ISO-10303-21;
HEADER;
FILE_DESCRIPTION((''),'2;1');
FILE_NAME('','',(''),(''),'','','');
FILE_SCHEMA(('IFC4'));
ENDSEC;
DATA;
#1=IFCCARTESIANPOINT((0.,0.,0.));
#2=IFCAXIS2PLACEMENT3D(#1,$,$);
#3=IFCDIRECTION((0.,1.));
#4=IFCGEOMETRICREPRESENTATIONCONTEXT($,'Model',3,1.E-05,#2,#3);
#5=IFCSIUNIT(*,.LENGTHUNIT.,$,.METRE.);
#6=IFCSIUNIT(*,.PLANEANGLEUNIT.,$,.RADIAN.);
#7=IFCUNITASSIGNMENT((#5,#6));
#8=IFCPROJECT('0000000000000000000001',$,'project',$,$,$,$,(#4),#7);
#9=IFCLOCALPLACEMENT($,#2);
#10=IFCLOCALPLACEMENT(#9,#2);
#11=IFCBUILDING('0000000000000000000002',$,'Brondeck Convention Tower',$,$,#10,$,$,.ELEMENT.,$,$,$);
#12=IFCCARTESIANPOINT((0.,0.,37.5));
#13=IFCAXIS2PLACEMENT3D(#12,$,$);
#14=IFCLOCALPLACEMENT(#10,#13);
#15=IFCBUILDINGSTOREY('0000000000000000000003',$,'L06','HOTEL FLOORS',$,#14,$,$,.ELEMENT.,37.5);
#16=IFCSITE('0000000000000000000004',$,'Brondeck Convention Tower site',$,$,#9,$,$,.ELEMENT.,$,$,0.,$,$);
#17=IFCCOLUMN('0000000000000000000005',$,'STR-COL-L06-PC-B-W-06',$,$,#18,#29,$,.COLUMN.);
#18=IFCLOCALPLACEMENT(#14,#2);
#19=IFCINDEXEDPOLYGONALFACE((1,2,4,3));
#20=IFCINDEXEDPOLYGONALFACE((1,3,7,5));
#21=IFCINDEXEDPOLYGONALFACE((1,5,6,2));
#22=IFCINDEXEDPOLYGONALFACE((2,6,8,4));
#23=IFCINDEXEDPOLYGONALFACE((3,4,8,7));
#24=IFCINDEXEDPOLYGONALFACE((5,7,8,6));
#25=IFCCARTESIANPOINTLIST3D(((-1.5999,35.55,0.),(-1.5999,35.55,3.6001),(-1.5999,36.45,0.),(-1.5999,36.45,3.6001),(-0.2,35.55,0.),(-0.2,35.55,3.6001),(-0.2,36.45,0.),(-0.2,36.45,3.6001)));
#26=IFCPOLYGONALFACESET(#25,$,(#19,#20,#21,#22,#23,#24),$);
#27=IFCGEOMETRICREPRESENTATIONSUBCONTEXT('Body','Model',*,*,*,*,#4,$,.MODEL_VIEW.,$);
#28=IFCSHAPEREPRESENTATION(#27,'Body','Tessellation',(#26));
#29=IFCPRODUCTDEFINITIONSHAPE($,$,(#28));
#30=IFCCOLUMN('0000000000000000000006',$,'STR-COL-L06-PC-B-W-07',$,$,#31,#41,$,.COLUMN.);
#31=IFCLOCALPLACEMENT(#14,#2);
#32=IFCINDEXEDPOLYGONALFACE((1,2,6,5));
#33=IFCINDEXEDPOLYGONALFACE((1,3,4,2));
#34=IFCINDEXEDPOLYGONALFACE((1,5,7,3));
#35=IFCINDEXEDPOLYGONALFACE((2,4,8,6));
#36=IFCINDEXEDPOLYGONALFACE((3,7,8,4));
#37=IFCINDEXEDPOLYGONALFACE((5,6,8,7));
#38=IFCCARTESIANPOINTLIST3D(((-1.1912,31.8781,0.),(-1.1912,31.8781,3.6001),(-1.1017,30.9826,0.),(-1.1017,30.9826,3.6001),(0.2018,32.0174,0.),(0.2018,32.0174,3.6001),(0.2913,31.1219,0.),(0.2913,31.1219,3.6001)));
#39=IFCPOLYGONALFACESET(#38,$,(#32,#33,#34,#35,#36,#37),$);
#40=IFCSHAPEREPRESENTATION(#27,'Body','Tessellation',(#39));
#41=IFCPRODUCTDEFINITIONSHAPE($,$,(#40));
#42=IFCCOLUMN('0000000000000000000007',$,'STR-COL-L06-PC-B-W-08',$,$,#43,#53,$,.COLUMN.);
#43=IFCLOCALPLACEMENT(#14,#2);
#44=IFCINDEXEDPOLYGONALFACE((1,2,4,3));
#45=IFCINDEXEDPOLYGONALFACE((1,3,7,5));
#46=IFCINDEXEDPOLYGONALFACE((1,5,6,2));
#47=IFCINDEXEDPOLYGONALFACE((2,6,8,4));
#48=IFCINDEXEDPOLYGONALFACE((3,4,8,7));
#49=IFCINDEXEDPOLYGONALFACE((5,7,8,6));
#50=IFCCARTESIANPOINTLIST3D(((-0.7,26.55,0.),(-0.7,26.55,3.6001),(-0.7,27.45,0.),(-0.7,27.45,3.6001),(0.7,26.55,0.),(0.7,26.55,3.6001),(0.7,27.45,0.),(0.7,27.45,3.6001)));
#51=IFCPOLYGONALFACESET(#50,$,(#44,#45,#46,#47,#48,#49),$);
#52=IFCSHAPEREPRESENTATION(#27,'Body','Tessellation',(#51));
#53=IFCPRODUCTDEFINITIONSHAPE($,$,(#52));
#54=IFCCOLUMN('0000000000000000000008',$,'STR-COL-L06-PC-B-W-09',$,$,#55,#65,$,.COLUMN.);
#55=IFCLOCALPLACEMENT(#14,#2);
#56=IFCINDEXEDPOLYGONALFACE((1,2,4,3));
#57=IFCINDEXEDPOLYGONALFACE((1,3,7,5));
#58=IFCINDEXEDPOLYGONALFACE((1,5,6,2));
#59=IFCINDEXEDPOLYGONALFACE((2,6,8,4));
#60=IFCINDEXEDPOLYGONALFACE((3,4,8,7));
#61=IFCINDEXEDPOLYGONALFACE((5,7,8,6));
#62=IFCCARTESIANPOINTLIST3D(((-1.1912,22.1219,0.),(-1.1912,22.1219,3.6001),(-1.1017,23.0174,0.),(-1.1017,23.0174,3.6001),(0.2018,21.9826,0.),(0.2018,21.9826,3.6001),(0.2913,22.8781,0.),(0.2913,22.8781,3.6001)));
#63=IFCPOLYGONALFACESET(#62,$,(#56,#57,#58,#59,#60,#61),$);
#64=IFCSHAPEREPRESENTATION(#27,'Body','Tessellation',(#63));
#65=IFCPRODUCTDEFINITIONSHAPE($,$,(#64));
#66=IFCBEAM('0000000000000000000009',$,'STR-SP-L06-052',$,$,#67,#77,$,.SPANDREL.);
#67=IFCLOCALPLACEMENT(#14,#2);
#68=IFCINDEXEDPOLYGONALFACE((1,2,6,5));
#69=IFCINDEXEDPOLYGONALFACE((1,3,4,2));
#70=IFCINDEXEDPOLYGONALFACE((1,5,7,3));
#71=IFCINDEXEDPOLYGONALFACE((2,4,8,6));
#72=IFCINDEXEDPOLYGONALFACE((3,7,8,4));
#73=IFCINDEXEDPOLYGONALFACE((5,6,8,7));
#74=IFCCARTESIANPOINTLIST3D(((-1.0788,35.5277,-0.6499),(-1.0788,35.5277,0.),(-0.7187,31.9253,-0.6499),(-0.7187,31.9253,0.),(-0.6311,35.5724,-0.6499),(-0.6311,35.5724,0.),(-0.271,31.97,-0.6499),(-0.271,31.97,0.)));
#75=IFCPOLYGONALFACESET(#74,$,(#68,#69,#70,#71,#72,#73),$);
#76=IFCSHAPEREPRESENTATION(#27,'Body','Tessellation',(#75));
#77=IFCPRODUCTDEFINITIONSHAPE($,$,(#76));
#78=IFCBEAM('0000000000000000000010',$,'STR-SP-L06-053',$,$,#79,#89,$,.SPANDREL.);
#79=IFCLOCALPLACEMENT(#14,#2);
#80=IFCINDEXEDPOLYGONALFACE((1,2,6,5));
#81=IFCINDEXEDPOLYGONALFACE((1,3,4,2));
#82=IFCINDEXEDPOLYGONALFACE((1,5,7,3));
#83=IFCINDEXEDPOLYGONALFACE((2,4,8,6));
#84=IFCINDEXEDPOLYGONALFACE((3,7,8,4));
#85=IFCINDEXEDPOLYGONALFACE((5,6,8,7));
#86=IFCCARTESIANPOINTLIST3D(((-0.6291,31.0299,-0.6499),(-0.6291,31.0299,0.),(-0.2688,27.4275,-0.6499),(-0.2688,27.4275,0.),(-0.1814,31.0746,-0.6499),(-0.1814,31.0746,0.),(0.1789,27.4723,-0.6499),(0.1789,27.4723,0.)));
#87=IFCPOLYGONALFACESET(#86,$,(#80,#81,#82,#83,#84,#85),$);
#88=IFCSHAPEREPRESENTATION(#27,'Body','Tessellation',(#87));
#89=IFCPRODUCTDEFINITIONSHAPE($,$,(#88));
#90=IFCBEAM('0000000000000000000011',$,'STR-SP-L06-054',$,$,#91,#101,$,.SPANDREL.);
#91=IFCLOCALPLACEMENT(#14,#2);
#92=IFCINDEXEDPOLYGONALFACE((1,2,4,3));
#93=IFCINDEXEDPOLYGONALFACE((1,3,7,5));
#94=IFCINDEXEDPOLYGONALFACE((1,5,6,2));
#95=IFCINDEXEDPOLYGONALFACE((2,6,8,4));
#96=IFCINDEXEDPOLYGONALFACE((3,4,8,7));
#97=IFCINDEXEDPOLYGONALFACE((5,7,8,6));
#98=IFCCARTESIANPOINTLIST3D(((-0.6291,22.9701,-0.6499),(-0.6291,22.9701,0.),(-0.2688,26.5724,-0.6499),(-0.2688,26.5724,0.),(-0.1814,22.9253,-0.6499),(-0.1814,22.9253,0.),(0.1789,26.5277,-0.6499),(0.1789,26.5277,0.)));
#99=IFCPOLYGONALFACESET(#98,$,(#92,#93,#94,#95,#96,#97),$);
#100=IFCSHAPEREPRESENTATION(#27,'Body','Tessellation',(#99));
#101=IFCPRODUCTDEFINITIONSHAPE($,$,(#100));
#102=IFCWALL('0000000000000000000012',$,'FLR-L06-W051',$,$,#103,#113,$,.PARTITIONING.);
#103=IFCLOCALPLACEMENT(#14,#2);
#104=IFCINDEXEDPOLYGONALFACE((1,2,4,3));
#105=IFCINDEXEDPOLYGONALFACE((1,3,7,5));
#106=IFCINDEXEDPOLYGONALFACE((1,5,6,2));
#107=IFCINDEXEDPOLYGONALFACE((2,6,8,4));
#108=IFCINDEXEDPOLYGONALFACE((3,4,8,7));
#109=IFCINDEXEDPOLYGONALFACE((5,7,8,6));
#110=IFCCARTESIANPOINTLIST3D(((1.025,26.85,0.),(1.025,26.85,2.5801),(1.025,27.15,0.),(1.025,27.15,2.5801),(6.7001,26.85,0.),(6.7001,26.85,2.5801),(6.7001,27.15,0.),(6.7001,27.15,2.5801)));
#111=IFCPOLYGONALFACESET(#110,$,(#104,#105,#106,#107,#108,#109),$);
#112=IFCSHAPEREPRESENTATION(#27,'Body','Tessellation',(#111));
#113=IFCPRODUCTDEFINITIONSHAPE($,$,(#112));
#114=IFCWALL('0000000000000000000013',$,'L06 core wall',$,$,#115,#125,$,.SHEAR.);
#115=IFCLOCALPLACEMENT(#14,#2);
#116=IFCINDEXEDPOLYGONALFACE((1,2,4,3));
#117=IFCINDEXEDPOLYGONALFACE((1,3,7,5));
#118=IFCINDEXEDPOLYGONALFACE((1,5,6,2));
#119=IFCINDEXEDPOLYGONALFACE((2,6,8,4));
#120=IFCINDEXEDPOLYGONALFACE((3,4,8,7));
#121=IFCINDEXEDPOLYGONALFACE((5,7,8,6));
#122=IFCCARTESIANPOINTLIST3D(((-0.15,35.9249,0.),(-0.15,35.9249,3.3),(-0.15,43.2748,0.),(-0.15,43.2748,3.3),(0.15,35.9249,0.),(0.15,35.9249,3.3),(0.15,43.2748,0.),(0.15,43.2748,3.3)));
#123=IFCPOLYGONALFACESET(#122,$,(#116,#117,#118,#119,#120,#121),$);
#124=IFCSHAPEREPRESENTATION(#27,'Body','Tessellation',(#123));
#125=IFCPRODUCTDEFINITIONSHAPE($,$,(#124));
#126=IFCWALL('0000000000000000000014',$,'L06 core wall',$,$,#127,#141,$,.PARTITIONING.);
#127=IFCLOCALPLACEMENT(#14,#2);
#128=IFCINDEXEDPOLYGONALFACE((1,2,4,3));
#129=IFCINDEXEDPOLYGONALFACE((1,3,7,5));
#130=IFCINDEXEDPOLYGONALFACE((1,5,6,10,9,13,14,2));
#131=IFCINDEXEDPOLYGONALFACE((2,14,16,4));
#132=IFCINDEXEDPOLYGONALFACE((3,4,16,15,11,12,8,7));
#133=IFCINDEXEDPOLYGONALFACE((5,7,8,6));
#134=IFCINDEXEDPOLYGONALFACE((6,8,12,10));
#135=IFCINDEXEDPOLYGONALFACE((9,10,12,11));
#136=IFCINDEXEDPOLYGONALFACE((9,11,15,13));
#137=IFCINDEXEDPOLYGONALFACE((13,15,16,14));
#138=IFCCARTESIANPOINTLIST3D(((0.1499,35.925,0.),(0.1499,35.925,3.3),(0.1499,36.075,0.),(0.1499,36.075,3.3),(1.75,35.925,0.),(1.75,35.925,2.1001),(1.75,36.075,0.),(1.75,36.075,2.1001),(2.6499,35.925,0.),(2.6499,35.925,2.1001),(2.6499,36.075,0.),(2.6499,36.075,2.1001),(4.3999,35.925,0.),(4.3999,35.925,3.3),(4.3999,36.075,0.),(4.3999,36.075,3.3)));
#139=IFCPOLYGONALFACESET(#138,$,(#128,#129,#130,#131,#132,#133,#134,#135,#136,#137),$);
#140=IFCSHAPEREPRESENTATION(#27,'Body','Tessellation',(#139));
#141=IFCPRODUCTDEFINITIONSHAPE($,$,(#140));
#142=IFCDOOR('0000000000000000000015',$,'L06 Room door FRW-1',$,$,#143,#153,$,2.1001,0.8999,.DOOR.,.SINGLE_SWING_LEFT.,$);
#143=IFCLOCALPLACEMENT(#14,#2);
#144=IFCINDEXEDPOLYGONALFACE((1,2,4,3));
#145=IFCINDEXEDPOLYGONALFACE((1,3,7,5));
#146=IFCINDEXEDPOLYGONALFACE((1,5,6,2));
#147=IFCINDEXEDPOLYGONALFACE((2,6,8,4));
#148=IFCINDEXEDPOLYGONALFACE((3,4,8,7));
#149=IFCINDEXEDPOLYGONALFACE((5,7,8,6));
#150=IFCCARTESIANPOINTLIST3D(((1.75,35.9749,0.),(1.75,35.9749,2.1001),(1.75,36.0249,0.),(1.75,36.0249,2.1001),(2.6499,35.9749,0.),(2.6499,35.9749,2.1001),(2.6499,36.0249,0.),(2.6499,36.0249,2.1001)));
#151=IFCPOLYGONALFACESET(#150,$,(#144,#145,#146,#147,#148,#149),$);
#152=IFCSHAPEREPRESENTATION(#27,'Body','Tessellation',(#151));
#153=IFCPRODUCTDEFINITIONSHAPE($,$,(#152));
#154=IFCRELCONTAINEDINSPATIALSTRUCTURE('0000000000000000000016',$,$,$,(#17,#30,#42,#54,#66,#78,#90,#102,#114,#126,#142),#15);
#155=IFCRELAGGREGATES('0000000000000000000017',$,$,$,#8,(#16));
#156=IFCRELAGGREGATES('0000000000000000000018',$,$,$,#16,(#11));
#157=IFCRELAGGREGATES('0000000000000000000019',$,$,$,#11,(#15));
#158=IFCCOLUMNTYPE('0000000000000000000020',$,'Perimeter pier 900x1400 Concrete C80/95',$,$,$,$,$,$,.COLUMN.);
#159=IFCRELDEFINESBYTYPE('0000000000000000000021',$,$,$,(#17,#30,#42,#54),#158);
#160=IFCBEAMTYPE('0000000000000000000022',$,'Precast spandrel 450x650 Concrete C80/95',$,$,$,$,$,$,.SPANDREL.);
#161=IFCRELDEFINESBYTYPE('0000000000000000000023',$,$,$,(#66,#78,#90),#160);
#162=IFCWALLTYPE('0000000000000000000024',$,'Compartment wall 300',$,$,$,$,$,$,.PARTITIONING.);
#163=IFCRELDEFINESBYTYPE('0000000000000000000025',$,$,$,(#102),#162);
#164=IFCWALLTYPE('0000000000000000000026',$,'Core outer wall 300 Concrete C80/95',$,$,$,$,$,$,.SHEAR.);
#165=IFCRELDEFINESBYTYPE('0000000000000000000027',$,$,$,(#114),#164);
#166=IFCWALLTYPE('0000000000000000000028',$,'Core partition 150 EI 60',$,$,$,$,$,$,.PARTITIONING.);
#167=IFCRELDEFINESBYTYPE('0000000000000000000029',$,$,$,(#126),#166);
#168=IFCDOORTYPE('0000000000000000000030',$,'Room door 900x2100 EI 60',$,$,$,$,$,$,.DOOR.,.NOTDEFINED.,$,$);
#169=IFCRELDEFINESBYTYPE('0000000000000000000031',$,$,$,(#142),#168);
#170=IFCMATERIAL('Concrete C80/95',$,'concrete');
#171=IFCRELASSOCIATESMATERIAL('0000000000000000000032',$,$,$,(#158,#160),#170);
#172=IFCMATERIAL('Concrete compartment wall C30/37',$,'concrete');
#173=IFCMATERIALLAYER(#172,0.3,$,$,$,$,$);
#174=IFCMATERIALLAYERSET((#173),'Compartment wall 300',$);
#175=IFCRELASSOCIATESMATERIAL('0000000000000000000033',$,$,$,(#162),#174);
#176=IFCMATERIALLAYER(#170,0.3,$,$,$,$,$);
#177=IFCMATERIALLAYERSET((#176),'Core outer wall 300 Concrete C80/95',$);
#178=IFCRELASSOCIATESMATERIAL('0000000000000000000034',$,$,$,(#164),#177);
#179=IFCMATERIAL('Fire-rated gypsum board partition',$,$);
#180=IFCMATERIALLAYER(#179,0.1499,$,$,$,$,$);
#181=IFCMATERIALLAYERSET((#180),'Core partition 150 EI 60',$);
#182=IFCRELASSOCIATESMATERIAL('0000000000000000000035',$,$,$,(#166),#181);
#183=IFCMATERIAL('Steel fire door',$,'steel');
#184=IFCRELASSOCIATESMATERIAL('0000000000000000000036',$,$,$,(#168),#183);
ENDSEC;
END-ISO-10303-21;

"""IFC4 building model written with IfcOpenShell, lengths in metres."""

from ifc_helpers import new_model, si_unit, direction, frame, frame_2d, origin, origin_2d, place, context, subcontext, project, spatial, rectangle, extrude, material, layer, layer_set, material_profile, profile_set, type_object, element, fill, save


model = new_model("IFC4")

# Units and contexts
model_context = context("Model", 3, precision=1e-05, world=origin(), true_north=direction((0.0, 1.0)))
body_context = subcontext(model_context, "Body", "Model", "MODEL_VIEW")
ifc_project = project(units=[si_unit("LENGTHUNIT", "METRE"), si_unit("PLANEANGLEUNIT", "RADIAN")], contexts=[model_context])

# Site, building, storey
site_placement = place(None, origin())
site = spatial("IfcSite", under=ifc_project, at=site_placement, Name="Brondeck Convention Tower site", CompositionType="ELEMENT", RefElevation=0.0)
building_placement = place(site_placement, origin())
building = spatial("IfcBuilding", under=site, at=building_placement, Name="Brondeck Convention Tower", CompositionType="ELEMENT")
storey_placement = place(building_placement, frame((0.0, 0.0, 37.5)))
storey = spatial("IfcBuildingStorey", under=building, at=storey_placement, Name="L06", Description="HOTEL FLOORS", CompositionType="ELEMENT", Elevation=37.5)

# Columns
ifc_material_1 = material(Name="Concrete C80/95", Category="concrete")
ifc_material_profile_1 = material_profile(ifc_material_1, rectangle(XDim=0.8999, YDim=1.3999, at=origin_2d()), Name="Perimeter pier 900x1400 Concrete C80/95")
ifc_profile_set_1 = profile_set([ifc_material_profile_1], Name="Concrete C80/95")
column_type = type_object("IfcColumnType", Name="Perimeter pier 900x1400 Concrete C80/95", PredefinedType="COLUMN", material=ifc_profile_set_1)
for number, where, z_axis, x_axis, name in (
    (1, (-0.8999, 36.0, 0.0), (0.0, 0.0, 1.0), (0.0, -1.0, 0.0), "STR-COL-L06-PC-B-W-06"),
    (2, (-0.45, 31.5, 0.0), (0.0, 0.0, 1.0), (0.099504, -0.995037, 0.0), "STR-COL-L06-PC-B-W-07"),
    (3, (0.0, 27.0, 0.0), (0.0, 0.0, 1.0), (0.0, -1.0, 0.0), "STR-COL-L06-PC-B-W-08"),
    (4, (-0.45, 22.5, 0.0), (0.0, 0.0, 1.0), (-0.099504, -0.995037, 0.0), "STR-COL-L06-PC-B-W-09"),
):
    element("IfcColumn", number, at=place(storey_placement, frame(where, z_axis=z_axis, x_axis=x_axis)), inside=storey, type_object=column_type, Name=name, PredefinedType="COLUMN", context=body_context, shape_type="SweptSolid", body=[
        extrude(rectangle(XDim=0.8999, YDim=1.3999, at=origin_2d()), origin(), (0.0, 0.0, 1.0), 3.6001),
    ])

# Beams
ifc_material_profile_2 = material_profile(ifc_material_1, rectangle(XDim=0.45, YDim=0.6499, at=origin_2d()), Name="Precast spandrel 450x650 Concrete C80/95")
ifc_profile_set_2 = profile_set([ifc_material_profile_2], Name="Concrete C80/95")
beam_type = type_object("IfcBeamType", Name="Precast spandrel 450x650 Concrete C80/95", PredefinedType="SPANDREL", material=ifc_profile_set_2)
for number, where, z_axis, x_axis, name in (
    (5, (-0.855, 35.55, -0.325), (0.09947, -0.995041, 0.0), (0.995041, 0.09947, 0.0), "STR-SP-L06-052"),
    (6, (-0.4053, 31.0522, -0.325), (0.099537, -0.995034, 0.0), (0.995034, 0.099537, 0.0), "STR-SP-L06-053"),
    (7, (-0.0449, 26.55, -0.325), (-0.099537, -0.995034, 0.0), (0.995034, -0.099537, 0.0), "STR-SP-L06-054"),
):
    element("IfcBeam", number, at=place(storey_placement, frame(where, z_axis=z_axis, x_axis=x_axis)), inside=storey, type_object=beam_type, Name=name, PredefinedType="SPANDREL", context=body_context, shape_type="SweptSolid", body=[
        extrude(rectangle(XDim=0.45, YDim=0.6499, at=origin_2d()), origin(), (0.0, 0.0, 1.0), 3.6204),
    ])

# Walls
ifc_material_2 = material(Name="Concrete compartment wall C30/37", Category="concrete")
ifc_layer_1 = layer(ifc_material_2, 0.3)
ifc_layer_set_1 = layer_set([ifc_layer_1], Name="Compartment wall 300")
wall_type_1 = type_object("IfcWallType", Name="Compartment wall 300", PredefinedType="PARTITIONING", material=ifc_layer_set_1)
wall_1_placement = place(storey_placement, frame((6.7, 27.0, 0.0), z_axis=(0.0, 0.0, 1.0), x_axis=(-1.0, 0.0, 0.0)))
element("IfcWall", 8, at=wall_1_placement, inside=storey, type_object=wall_type_1, Name="FLR-L06-W051", PredefinedType="PARTITIONING", context=body_context, shape_type="SweptSolid", body=[
    extrude(rectangle(XDim=5.675, YDim=0.3, at=frame_2d((2.8374, 0.0))), origin(), (0.0, 0.0, 1.0), 2.5801),
])
ifc_layer_2 = layer(ifc_material_1, 0.3)
ifc_layer_set_2 = layer_set([ifc_layer_2], Name="Core outer wall 300 Concrete C80/95")
wall_type_2 = type_object("IfcWallType", Name="Core outer wall 300 Concrete C80/95", PredefinedType="SHEAR", material=ifc_layer_set_2)
wall_2_placement = place(storey_placement, frame((0.0, 35.925, 0.0), z_axis=(0.0, 0.0, 1.0), x_axis=(0.0, 1.0, 0.0)))
element("IfcWall", 9, at=wall_2_placement, inside=storey, type_object=wall_type_2, Name="L06 core wall", PredefinedType="SHEAR", context=body_context, shape_type="SweptSolid", body=[
    extrude(rectangle(XDim=7.3499, YDim=0.3, at=frame_2d((3.6748, 0.0))), origin(), (0.0, 0.0, 1.0), 3.3),
])

# Wall, opening, door
ifc_material_3 = material(Name="Fire-rated gypsum board partition")
ifc_layer_3 = layer(ifc_material_3, 0.1499)
ifc_layer_set_3 = layer_set([ifc_layer_3], Name="Core partition 150 EI 60")
wall_type_3 = type_object("IfcWallType", Name="Core partition 150 EI 60", PredefinedType="PARTITIONING", material=ifc_layer_set_3)
wall_3_placement = place(storey_placement, frame((0.1499, 36.0, 0.0), z_axis=(0.0, 0.0, 1.0), x_axis=(1.0, 0.0, 0.0)))
wall_3 = element("IfcWall", 10, at=wall_3_placement, inside=storey, type_object=wall_type_3, Name="L06 core wall", PredefinedType="PARTITIONING", context=body_context, shape_type="SweptSolid", body=[
    extrude(rectangle(XDim=4.25, YDim=0.1499, at=frame_2d((2.125, 0.0))), origin(), (0.0, 0.0, 1.0), 3.3),
])
opening_1_placement = place(wall_3_placement, frame((1.6001, 0.0, 0.0)))
opening_1 = element("IfcOpeningElement", 11, at=opening_1_placement, cuts=wall_3, PredefinedType="OPENING", context=body_context, shape_type="SweptSolid", body=[
    extrude(rectangle(XDim=0.8999, YDim=2.1001, at=frame_2d((0.45, 1.05))), frame((0.0, 0.085, 0.0), z_axis=(0.0, -1.0, 0.0), x_axis=(1.0, 0.0, 0.0)), (0.0, 0.0, 1.0), 0.1699),
])
ifc_material_4 = material(Name="Steel fire door", Category="steel")
door_type_1 = type_object("IfcDoorType", Name="Room door 900x2100 EI 60", OperationType="NOTDEFINED", PredefinedType="DOOR", material=ifc_material_4)
door_1_placement = place(opening_1_placement, origin())
door_1 = element("IfcDoor", 12, at=door_1_placement, inside=storey, type_object=door_type_1, Name="L06 Room door FRW-1", OperationType="SINGLE_SWING_LEFT", OverallHeight=2.1001, OverallWidth=0.8999, PredefinedType="DOOR", context=body_context, shape_type="SweptSolid", body=[
    extrude(rectangle(XDim=0.8999, YDim=2.1001, at=frame_2d((0.45, 1.05))), frame((0.0, 0.0249, 0.0), z_axis=(0.0, -1.0, 0.0), x_axis=(1.0, 0.0, 0.0)), (0.0, 0.0, 1.0), 0.05),
])
fill(opening_1, door_1)

save(model, "model.ifc")
